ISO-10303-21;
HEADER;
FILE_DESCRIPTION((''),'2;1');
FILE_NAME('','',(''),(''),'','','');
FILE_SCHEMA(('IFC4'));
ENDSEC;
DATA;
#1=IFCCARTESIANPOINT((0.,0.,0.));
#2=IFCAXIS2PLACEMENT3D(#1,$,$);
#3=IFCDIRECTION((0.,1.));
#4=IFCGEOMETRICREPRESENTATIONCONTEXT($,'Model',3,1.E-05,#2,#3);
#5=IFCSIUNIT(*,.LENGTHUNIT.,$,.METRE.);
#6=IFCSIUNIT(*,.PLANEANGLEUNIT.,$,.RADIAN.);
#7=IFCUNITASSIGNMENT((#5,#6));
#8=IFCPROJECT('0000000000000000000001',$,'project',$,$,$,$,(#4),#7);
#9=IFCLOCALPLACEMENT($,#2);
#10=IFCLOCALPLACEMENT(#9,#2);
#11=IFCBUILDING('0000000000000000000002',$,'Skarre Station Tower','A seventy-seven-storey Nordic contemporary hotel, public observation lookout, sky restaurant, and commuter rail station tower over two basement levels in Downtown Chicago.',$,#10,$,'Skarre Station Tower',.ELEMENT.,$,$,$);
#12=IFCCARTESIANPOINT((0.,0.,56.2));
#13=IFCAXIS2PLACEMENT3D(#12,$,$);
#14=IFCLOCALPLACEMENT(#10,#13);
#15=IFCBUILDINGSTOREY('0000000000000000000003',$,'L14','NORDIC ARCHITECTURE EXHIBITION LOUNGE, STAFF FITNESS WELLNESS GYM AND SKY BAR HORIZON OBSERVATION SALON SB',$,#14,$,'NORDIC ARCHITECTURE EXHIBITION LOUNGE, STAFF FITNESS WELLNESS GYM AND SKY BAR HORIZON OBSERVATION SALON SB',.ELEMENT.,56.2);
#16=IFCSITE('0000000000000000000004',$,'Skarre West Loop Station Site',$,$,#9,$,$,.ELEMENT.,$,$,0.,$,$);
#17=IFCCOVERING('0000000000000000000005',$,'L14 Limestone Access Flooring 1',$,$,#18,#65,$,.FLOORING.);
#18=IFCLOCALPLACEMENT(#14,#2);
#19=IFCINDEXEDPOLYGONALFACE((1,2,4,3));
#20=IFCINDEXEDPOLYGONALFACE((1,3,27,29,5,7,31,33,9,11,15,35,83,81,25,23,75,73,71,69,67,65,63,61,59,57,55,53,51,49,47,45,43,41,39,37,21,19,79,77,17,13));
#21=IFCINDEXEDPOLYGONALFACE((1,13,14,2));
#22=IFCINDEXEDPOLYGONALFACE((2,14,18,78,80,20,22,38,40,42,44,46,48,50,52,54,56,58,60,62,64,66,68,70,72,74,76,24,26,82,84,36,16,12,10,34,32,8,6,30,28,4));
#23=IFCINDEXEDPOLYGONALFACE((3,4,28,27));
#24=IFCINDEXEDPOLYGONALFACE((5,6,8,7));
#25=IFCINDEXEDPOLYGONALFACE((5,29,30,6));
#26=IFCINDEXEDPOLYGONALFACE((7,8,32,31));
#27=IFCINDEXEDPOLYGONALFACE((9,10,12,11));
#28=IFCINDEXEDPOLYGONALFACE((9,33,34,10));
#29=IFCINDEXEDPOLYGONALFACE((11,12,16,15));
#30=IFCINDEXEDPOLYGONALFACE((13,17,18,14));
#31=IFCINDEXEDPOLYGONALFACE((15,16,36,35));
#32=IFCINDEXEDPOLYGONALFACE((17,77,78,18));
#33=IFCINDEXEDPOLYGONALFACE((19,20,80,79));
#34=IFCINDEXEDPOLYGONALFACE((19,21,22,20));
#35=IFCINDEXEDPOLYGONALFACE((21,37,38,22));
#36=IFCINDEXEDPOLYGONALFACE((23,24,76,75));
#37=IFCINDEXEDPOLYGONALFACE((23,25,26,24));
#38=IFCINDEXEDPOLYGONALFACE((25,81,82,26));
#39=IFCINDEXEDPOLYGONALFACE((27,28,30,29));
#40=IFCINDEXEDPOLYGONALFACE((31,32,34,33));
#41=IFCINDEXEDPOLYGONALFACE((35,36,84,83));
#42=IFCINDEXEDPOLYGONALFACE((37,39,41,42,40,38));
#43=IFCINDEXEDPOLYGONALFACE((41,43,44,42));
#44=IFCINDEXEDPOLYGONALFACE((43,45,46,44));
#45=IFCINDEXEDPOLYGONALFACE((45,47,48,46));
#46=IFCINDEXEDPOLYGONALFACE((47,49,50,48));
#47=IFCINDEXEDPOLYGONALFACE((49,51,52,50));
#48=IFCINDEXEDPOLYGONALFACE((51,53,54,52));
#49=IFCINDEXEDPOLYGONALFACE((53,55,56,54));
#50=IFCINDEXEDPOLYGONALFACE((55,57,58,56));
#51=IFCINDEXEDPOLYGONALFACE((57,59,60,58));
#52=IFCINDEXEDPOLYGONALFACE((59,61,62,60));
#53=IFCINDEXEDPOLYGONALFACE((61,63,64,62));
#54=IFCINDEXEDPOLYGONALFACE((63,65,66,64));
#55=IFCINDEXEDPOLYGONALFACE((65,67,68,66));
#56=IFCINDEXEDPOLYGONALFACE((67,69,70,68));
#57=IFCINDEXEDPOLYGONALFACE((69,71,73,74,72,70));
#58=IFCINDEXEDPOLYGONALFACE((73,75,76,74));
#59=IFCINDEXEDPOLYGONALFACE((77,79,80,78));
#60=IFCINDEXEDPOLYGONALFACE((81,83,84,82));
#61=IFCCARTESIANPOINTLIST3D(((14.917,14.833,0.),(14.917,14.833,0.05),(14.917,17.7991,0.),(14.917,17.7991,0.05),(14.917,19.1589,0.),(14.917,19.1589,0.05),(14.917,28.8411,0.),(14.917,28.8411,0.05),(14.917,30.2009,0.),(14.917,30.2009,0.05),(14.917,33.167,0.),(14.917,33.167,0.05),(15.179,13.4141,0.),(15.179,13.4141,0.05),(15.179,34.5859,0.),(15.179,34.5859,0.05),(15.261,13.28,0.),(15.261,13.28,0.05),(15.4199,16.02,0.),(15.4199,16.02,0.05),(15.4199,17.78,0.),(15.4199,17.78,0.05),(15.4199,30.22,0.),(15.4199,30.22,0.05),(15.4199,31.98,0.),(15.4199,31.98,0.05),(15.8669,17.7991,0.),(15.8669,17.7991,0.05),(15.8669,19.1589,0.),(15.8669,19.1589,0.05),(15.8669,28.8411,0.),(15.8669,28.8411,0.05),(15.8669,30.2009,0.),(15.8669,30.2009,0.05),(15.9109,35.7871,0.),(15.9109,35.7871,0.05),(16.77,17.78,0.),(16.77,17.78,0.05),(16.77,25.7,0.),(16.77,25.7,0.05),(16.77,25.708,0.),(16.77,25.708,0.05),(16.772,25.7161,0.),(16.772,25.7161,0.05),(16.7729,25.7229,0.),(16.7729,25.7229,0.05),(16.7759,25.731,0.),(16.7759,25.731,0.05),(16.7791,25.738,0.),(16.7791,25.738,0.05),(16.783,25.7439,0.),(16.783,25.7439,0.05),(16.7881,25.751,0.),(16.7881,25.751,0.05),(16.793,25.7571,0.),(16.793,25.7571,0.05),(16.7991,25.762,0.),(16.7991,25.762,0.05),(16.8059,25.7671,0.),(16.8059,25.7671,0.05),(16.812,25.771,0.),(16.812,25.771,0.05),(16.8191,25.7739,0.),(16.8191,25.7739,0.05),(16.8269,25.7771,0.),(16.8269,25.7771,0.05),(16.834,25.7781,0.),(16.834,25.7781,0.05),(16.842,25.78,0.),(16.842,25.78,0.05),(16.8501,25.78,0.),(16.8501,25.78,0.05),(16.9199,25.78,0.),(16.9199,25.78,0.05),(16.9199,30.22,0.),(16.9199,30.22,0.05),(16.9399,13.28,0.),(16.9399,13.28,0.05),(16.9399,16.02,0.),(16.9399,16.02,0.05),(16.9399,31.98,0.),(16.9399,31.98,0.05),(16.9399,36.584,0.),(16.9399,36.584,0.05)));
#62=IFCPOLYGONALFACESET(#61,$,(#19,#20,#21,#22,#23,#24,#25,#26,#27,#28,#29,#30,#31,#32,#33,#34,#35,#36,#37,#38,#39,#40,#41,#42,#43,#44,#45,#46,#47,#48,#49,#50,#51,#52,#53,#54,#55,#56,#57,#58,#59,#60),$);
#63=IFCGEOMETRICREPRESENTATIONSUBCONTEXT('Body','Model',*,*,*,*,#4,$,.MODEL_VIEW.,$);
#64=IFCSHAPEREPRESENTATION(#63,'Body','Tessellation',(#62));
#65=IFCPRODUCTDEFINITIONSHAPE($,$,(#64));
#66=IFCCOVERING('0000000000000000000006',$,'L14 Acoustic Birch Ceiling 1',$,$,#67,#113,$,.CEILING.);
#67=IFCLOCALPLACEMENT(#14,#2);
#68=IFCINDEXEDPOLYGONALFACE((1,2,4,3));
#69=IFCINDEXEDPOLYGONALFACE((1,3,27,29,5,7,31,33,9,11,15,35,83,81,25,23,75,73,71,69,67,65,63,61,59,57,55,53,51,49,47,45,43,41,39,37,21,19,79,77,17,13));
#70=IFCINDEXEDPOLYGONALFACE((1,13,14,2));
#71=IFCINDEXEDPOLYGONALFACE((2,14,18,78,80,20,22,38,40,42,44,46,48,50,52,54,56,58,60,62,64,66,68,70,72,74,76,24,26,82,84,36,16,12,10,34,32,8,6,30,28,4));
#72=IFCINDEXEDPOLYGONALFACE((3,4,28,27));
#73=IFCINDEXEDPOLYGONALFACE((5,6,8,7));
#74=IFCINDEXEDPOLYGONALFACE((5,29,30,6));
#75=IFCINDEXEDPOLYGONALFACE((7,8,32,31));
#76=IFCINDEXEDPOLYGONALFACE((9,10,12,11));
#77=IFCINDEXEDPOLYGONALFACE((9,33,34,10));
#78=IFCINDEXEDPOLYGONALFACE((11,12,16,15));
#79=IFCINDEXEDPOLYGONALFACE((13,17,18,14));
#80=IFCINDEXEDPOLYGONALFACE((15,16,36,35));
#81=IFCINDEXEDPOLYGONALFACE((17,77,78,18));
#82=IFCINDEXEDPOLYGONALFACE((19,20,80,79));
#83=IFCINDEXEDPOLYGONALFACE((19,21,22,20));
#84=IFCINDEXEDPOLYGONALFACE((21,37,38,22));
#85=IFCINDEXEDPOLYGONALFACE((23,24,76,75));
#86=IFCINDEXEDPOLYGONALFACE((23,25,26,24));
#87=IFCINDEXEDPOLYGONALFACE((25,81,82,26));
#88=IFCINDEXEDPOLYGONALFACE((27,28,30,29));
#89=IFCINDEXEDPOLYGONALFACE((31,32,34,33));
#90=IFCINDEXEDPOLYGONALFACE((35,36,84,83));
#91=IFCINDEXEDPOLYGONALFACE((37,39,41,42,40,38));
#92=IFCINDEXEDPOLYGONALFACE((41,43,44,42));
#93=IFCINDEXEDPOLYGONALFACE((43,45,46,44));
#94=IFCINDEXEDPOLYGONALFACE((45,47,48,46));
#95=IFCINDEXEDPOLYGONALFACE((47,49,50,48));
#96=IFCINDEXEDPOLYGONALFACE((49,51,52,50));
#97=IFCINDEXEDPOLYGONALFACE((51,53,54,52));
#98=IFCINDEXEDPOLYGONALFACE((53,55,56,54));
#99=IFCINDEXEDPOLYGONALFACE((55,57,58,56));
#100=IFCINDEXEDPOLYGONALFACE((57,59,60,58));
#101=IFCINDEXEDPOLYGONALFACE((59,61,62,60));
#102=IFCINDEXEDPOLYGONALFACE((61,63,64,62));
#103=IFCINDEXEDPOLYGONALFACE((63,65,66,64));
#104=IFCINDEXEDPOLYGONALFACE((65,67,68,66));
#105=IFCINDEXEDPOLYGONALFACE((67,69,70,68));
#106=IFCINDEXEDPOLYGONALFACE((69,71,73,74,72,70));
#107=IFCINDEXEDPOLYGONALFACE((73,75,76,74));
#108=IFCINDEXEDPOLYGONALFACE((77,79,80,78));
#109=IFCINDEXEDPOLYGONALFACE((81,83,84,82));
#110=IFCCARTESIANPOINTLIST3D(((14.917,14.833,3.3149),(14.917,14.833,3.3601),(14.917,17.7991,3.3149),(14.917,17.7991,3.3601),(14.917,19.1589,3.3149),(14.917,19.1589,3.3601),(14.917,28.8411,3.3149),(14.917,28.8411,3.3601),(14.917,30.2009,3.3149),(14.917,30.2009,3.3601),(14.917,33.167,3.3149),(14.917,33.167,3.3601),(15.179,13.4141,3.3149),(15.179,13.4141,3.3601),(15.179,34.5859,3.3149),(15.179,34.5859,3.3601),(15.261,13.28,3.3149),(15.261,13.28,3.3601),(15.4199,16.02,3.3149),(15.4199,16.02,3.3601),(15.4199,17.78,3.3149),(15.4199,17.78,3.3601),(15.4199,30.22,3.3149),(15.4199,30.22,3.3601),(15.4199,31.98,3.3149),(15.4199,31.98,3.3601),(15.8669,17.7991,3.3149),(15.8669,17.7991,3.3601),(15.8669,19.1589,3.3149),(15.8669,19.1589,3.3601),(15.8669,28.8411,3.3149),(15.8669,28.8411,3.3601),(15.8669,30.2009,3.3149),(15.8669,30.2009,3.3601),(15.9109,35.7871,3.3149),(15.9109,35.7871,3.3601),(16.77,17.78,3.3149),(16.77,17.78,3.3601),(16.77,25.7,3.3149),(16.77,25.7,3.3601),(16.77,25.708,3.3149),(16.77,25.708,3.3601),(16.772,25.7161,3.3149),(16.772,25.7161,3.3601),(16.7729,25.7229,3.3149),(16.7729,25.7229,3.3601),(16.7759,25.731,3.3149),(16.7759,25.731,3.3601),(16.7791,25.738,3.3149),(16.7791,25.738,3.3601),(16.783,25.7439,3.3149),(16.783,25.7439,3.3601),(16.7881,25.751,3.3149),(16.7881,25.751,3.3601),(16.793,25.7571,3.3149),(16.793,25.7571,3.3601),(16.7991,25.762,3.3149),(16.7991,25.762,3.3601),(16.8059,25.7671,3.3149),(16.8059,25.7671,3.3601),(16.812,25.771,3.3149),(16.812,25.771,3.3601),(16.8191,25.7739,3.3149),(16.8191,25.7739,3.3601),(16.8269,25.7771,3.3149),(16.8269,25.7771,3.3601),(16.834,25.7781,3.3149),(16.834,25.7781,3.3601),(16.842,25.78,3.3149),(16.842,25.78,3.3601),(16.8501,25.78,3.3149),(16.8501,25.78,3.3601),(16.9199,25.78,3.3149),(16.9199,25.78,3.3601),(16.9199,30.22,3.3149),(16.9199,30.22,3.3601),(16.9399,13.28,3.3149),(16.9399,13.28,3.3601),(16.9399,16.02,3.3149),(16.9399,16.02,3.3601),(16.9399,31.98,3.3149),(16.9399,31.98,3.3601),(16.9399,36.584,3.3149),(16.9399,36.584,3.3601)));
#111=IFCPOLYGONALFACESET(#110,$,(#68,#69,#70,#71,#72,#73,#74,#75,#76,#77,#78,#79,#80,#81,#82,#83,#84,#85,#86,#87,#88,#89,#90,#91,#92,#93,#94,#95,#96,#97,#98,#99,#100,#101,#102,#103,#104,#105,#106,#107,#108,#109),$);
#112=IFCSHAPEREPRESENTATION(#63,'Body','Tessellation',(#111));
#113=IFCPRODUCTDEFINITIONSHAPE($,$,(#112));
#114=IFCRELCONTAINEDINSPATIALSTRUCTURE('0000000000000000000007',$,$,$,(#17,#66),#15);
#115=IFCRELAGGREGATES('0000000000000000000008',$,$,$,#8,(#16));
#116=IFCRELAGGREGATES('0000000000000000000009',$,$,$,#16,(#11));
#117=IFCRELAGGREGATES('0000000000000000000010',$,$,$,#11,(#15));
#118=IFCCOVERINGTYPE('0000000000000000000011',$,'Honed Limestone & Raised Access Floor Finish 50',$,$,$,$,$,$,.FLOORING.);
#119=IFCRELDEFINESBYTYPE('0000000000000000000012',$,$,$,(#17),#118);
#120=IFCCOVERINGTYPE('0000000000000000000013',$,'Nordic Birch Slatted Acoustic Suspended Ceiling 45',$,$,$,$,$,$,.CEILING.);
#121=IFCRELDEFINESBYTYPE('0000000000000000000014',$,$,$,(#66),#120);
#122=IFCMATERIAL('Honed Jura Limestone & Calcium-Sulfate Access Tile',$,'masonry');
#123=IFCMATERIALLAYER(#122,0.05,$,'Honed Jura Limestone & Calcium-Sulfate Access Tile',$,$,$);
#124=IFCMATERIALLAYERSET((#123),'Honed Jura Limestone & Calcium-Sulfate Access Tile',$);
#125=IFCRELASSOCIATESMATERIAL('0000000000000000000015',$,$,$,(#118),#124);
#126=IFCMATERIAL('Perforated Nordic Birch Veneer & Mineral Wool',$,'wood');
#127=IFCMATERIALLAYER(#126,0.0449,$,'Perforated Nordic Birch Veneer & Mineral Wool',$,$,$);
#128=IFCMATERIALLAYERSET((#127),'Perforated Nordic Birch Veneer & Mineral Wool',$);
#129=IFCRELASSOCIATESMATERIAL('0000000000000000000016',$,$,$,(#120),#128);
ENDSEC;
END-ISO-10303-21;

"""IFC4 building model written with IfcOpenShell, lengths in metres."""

from ifc_helpers import new_model, si_unit, direction, frame, origin, place, context, subcontext, project, spatial, polyline, outline, extrude, material, layer, layer_set, type_object, element, save


model = new_model("IFC4")

# Units and contexts
model_context = context("Model", 3, precision=1e-05, world=origin(), true_north=direction((0.0, 1.0)))
body_context = subcontext(model_context, "Body", "Model", "MODEL_VIEW")
ifc_project = project(units=[si_unit("LENGTHUNIT", "METRE"), si_unit("PLANEANGLEUNIT", "RADIAN")], contexts=[model_context])

# Site, building, storey
site_placement = place(None, origin())
site = spatial("IfcSite", under=ifc_project, at=site_placement, Name="Skarre West Loop Station Site", CompositionType="ELEMENT", RefElevation=0.0)
building_placement = place(site_placement, origin())
building = spatial("IfcBuilding", under=site, at=building_placement, Name="Skarre Station Tower", Description="A seventy-seven-storey Nordic contemporary hotel, public observation lookout, sky restaurant, and commuter rail station tower over two basement levels in Downtown Chicago.", LongName="Skarre Station Tower", CompositionType="ELEMENT")
storey_placement = place(building_placement, frame((0.0, 0.0, 56.2)))
storey = spatial("IfcBuildingStorey", under=building, at=storey_placement, Name="L14", Description="NORDIC ARCHITECTURE EXHIBITION LOUNGE, STAFF FITNESS WELLNESS GYM AND SKY BAR HORIZON OBSERVATION SALON SB", LongName="NORDIC ARCHITECTURE EXHIBITION LOUNGE, STAFF FITNESS WELLNESS GYM AND SKY BAR HORIZON OBSERVATION SALON SB", CompositionType="ELEMENT", Elevation=56.2)

# Coverings
ifc_material_1 = material(Name="Honed Jura Limestone & Calcium-Sulfate Access Tile", Category="masonry")
ifc_layer_1 = layer(ifc_material_1, 0.05, Name="Honed Jura Limestone & Calcium-Sulfate Access Tile")
ifc_layer_set_1 = layer_set([ifc_layer_1], Name="Honed Jura Limestone & Calcium-Sulfate Access Tile")
covering_type_1 = type_object("IfcCoveringType", Name="Honed Limestone & Raised Access Floor Finish 50", PredefinedType="FLOORING", material=ifc_layer_set_1)
covering_1_placement = place(storey_placement, origin())
element("IfcCovering", 1, at=covering_1_placement, inside=storey, type_object=covering_type_1, Name="L14 Limestone Access Flooring 1", PredefinedType="FLOORING", context=body_context, shape_type="SweptSolid", body=[
    extrude(outline(polyline([(16.9399, 36.584), (15.9109, 35.7871), (15.179, 34.5859), (14.917, 33.167), (14.917, 30.2009), (15.8669, 30.2009), (15.8669, 28.8411), (14.917, 28.8411), (14.917, 19.1589), (15.8669, 19.1589), (15.8669, 17.7991), (14.917, 17.7991), (14.917, 14.833), (15.179, 13.4141), (15.261, 13.28), (16.9399, 13.28), (16.9399, 16.02), (15.4199, 16.02), (15.4199, 17.78), (16.77, 17.78), (16.77, 25.7), (16.77, 25.708), (16.772, 25.7161), (16.7729, 25.7229), (16.7759, 25.731), (16.7791, 25.738), (16.783, 25.7439), (16.7881, 25.751), (16.793, 25.7571), (16.7991, 25.762), (16.8059, 25.7671), (16.812, 25.771), (16.8191, 25.7739), (16.8269, 25.7771), (16.834, 25.7781), (16.842, 25.78), (16.8501, 25.78), (16.9199, 25.78), (16.9199, 30.22), (15.4199, 30.22), (15.4199, 31.98), (16.9399, 31.98), (16.9399, 36.584)])), origin(), (0.0, 0.0, 1.0), 0.05),
])
ifc_material_2 = material(Name="Perforated Nordic Birch Veneer & Mineral Wool", Category="wood")
ifc_layer_2 = layer(ifc_material_2, 0.0449, Name="Perforated Nordic Birch Veneer & Mineral Wool")
ifc_layer_set_2 = layer_set([ifc_layer_2], Name="Perforated Nordic Birch Veneer & Mineral Wool")
covering_type_2 = type_object("IfcCoveringType", Name="Nordic Birch Slatted Acoustic Suspended Ceiling 45", PredefinedType="CEILING", material=ifc_layer_set_2)
covering_2_placement = place(storey_placement, frame((0.0, 0.0, 3.3149)))
element("IfcCovering", 2, at=covering_2_placement, inside=storey, type_object=covering_type_2, Name="L14 Acoustic Birch Ceiling 1", PredefinedType="CEILING", context=body_context, shape_type="SweptSolid", body=[
    extrude(outline(polyline([(16.9399, 36.584), (15.9109, 35.7871), (15.179, 34.5859), (14.917, 33.167), (14.917, 30.2009), (15.8669, 30.2009), (15.8669, 28.8411), (14.917, 28.8411), (14.917, 19.1589), (15.8669, 19.1589), (15.8669, 17.7991), (14.917, 17.7991), (14.917, 14.833), (15.179, 13.4141), (15.261, 13.28), (16.9399, 13.28), (16.9399, 16.02), (15.4199, 16.02), (15.4199, 17.78), (16.77, 17.78), (16.77, 25.7), (16.77, 25.708), (16.772, 25.7161), (16.7729, 25.7229), (16.7759, 25.731), (16.7791, 25.738), (16.783, 25.7439), (16.7881, 25.751), (16.793, 25.7571), (16.7991, 25.762), (16.8059, 25.7671), (16.812, 25.771), (16.8191, 25.7739), (16.8269, 25.7771), (16.834, 25.7781), (16.842, 25.78), (16.8501, 25.78), (16.9199, 25.78), (16.9199, 30.22), (15.4199, 30.22), (15.4199, 31.98), (16.9399, 31.98), (16.9399, 36.584)])), origin(), (0.0, 0.0, 1.0), 0.0452),
])

save(model, "model.ifc")
